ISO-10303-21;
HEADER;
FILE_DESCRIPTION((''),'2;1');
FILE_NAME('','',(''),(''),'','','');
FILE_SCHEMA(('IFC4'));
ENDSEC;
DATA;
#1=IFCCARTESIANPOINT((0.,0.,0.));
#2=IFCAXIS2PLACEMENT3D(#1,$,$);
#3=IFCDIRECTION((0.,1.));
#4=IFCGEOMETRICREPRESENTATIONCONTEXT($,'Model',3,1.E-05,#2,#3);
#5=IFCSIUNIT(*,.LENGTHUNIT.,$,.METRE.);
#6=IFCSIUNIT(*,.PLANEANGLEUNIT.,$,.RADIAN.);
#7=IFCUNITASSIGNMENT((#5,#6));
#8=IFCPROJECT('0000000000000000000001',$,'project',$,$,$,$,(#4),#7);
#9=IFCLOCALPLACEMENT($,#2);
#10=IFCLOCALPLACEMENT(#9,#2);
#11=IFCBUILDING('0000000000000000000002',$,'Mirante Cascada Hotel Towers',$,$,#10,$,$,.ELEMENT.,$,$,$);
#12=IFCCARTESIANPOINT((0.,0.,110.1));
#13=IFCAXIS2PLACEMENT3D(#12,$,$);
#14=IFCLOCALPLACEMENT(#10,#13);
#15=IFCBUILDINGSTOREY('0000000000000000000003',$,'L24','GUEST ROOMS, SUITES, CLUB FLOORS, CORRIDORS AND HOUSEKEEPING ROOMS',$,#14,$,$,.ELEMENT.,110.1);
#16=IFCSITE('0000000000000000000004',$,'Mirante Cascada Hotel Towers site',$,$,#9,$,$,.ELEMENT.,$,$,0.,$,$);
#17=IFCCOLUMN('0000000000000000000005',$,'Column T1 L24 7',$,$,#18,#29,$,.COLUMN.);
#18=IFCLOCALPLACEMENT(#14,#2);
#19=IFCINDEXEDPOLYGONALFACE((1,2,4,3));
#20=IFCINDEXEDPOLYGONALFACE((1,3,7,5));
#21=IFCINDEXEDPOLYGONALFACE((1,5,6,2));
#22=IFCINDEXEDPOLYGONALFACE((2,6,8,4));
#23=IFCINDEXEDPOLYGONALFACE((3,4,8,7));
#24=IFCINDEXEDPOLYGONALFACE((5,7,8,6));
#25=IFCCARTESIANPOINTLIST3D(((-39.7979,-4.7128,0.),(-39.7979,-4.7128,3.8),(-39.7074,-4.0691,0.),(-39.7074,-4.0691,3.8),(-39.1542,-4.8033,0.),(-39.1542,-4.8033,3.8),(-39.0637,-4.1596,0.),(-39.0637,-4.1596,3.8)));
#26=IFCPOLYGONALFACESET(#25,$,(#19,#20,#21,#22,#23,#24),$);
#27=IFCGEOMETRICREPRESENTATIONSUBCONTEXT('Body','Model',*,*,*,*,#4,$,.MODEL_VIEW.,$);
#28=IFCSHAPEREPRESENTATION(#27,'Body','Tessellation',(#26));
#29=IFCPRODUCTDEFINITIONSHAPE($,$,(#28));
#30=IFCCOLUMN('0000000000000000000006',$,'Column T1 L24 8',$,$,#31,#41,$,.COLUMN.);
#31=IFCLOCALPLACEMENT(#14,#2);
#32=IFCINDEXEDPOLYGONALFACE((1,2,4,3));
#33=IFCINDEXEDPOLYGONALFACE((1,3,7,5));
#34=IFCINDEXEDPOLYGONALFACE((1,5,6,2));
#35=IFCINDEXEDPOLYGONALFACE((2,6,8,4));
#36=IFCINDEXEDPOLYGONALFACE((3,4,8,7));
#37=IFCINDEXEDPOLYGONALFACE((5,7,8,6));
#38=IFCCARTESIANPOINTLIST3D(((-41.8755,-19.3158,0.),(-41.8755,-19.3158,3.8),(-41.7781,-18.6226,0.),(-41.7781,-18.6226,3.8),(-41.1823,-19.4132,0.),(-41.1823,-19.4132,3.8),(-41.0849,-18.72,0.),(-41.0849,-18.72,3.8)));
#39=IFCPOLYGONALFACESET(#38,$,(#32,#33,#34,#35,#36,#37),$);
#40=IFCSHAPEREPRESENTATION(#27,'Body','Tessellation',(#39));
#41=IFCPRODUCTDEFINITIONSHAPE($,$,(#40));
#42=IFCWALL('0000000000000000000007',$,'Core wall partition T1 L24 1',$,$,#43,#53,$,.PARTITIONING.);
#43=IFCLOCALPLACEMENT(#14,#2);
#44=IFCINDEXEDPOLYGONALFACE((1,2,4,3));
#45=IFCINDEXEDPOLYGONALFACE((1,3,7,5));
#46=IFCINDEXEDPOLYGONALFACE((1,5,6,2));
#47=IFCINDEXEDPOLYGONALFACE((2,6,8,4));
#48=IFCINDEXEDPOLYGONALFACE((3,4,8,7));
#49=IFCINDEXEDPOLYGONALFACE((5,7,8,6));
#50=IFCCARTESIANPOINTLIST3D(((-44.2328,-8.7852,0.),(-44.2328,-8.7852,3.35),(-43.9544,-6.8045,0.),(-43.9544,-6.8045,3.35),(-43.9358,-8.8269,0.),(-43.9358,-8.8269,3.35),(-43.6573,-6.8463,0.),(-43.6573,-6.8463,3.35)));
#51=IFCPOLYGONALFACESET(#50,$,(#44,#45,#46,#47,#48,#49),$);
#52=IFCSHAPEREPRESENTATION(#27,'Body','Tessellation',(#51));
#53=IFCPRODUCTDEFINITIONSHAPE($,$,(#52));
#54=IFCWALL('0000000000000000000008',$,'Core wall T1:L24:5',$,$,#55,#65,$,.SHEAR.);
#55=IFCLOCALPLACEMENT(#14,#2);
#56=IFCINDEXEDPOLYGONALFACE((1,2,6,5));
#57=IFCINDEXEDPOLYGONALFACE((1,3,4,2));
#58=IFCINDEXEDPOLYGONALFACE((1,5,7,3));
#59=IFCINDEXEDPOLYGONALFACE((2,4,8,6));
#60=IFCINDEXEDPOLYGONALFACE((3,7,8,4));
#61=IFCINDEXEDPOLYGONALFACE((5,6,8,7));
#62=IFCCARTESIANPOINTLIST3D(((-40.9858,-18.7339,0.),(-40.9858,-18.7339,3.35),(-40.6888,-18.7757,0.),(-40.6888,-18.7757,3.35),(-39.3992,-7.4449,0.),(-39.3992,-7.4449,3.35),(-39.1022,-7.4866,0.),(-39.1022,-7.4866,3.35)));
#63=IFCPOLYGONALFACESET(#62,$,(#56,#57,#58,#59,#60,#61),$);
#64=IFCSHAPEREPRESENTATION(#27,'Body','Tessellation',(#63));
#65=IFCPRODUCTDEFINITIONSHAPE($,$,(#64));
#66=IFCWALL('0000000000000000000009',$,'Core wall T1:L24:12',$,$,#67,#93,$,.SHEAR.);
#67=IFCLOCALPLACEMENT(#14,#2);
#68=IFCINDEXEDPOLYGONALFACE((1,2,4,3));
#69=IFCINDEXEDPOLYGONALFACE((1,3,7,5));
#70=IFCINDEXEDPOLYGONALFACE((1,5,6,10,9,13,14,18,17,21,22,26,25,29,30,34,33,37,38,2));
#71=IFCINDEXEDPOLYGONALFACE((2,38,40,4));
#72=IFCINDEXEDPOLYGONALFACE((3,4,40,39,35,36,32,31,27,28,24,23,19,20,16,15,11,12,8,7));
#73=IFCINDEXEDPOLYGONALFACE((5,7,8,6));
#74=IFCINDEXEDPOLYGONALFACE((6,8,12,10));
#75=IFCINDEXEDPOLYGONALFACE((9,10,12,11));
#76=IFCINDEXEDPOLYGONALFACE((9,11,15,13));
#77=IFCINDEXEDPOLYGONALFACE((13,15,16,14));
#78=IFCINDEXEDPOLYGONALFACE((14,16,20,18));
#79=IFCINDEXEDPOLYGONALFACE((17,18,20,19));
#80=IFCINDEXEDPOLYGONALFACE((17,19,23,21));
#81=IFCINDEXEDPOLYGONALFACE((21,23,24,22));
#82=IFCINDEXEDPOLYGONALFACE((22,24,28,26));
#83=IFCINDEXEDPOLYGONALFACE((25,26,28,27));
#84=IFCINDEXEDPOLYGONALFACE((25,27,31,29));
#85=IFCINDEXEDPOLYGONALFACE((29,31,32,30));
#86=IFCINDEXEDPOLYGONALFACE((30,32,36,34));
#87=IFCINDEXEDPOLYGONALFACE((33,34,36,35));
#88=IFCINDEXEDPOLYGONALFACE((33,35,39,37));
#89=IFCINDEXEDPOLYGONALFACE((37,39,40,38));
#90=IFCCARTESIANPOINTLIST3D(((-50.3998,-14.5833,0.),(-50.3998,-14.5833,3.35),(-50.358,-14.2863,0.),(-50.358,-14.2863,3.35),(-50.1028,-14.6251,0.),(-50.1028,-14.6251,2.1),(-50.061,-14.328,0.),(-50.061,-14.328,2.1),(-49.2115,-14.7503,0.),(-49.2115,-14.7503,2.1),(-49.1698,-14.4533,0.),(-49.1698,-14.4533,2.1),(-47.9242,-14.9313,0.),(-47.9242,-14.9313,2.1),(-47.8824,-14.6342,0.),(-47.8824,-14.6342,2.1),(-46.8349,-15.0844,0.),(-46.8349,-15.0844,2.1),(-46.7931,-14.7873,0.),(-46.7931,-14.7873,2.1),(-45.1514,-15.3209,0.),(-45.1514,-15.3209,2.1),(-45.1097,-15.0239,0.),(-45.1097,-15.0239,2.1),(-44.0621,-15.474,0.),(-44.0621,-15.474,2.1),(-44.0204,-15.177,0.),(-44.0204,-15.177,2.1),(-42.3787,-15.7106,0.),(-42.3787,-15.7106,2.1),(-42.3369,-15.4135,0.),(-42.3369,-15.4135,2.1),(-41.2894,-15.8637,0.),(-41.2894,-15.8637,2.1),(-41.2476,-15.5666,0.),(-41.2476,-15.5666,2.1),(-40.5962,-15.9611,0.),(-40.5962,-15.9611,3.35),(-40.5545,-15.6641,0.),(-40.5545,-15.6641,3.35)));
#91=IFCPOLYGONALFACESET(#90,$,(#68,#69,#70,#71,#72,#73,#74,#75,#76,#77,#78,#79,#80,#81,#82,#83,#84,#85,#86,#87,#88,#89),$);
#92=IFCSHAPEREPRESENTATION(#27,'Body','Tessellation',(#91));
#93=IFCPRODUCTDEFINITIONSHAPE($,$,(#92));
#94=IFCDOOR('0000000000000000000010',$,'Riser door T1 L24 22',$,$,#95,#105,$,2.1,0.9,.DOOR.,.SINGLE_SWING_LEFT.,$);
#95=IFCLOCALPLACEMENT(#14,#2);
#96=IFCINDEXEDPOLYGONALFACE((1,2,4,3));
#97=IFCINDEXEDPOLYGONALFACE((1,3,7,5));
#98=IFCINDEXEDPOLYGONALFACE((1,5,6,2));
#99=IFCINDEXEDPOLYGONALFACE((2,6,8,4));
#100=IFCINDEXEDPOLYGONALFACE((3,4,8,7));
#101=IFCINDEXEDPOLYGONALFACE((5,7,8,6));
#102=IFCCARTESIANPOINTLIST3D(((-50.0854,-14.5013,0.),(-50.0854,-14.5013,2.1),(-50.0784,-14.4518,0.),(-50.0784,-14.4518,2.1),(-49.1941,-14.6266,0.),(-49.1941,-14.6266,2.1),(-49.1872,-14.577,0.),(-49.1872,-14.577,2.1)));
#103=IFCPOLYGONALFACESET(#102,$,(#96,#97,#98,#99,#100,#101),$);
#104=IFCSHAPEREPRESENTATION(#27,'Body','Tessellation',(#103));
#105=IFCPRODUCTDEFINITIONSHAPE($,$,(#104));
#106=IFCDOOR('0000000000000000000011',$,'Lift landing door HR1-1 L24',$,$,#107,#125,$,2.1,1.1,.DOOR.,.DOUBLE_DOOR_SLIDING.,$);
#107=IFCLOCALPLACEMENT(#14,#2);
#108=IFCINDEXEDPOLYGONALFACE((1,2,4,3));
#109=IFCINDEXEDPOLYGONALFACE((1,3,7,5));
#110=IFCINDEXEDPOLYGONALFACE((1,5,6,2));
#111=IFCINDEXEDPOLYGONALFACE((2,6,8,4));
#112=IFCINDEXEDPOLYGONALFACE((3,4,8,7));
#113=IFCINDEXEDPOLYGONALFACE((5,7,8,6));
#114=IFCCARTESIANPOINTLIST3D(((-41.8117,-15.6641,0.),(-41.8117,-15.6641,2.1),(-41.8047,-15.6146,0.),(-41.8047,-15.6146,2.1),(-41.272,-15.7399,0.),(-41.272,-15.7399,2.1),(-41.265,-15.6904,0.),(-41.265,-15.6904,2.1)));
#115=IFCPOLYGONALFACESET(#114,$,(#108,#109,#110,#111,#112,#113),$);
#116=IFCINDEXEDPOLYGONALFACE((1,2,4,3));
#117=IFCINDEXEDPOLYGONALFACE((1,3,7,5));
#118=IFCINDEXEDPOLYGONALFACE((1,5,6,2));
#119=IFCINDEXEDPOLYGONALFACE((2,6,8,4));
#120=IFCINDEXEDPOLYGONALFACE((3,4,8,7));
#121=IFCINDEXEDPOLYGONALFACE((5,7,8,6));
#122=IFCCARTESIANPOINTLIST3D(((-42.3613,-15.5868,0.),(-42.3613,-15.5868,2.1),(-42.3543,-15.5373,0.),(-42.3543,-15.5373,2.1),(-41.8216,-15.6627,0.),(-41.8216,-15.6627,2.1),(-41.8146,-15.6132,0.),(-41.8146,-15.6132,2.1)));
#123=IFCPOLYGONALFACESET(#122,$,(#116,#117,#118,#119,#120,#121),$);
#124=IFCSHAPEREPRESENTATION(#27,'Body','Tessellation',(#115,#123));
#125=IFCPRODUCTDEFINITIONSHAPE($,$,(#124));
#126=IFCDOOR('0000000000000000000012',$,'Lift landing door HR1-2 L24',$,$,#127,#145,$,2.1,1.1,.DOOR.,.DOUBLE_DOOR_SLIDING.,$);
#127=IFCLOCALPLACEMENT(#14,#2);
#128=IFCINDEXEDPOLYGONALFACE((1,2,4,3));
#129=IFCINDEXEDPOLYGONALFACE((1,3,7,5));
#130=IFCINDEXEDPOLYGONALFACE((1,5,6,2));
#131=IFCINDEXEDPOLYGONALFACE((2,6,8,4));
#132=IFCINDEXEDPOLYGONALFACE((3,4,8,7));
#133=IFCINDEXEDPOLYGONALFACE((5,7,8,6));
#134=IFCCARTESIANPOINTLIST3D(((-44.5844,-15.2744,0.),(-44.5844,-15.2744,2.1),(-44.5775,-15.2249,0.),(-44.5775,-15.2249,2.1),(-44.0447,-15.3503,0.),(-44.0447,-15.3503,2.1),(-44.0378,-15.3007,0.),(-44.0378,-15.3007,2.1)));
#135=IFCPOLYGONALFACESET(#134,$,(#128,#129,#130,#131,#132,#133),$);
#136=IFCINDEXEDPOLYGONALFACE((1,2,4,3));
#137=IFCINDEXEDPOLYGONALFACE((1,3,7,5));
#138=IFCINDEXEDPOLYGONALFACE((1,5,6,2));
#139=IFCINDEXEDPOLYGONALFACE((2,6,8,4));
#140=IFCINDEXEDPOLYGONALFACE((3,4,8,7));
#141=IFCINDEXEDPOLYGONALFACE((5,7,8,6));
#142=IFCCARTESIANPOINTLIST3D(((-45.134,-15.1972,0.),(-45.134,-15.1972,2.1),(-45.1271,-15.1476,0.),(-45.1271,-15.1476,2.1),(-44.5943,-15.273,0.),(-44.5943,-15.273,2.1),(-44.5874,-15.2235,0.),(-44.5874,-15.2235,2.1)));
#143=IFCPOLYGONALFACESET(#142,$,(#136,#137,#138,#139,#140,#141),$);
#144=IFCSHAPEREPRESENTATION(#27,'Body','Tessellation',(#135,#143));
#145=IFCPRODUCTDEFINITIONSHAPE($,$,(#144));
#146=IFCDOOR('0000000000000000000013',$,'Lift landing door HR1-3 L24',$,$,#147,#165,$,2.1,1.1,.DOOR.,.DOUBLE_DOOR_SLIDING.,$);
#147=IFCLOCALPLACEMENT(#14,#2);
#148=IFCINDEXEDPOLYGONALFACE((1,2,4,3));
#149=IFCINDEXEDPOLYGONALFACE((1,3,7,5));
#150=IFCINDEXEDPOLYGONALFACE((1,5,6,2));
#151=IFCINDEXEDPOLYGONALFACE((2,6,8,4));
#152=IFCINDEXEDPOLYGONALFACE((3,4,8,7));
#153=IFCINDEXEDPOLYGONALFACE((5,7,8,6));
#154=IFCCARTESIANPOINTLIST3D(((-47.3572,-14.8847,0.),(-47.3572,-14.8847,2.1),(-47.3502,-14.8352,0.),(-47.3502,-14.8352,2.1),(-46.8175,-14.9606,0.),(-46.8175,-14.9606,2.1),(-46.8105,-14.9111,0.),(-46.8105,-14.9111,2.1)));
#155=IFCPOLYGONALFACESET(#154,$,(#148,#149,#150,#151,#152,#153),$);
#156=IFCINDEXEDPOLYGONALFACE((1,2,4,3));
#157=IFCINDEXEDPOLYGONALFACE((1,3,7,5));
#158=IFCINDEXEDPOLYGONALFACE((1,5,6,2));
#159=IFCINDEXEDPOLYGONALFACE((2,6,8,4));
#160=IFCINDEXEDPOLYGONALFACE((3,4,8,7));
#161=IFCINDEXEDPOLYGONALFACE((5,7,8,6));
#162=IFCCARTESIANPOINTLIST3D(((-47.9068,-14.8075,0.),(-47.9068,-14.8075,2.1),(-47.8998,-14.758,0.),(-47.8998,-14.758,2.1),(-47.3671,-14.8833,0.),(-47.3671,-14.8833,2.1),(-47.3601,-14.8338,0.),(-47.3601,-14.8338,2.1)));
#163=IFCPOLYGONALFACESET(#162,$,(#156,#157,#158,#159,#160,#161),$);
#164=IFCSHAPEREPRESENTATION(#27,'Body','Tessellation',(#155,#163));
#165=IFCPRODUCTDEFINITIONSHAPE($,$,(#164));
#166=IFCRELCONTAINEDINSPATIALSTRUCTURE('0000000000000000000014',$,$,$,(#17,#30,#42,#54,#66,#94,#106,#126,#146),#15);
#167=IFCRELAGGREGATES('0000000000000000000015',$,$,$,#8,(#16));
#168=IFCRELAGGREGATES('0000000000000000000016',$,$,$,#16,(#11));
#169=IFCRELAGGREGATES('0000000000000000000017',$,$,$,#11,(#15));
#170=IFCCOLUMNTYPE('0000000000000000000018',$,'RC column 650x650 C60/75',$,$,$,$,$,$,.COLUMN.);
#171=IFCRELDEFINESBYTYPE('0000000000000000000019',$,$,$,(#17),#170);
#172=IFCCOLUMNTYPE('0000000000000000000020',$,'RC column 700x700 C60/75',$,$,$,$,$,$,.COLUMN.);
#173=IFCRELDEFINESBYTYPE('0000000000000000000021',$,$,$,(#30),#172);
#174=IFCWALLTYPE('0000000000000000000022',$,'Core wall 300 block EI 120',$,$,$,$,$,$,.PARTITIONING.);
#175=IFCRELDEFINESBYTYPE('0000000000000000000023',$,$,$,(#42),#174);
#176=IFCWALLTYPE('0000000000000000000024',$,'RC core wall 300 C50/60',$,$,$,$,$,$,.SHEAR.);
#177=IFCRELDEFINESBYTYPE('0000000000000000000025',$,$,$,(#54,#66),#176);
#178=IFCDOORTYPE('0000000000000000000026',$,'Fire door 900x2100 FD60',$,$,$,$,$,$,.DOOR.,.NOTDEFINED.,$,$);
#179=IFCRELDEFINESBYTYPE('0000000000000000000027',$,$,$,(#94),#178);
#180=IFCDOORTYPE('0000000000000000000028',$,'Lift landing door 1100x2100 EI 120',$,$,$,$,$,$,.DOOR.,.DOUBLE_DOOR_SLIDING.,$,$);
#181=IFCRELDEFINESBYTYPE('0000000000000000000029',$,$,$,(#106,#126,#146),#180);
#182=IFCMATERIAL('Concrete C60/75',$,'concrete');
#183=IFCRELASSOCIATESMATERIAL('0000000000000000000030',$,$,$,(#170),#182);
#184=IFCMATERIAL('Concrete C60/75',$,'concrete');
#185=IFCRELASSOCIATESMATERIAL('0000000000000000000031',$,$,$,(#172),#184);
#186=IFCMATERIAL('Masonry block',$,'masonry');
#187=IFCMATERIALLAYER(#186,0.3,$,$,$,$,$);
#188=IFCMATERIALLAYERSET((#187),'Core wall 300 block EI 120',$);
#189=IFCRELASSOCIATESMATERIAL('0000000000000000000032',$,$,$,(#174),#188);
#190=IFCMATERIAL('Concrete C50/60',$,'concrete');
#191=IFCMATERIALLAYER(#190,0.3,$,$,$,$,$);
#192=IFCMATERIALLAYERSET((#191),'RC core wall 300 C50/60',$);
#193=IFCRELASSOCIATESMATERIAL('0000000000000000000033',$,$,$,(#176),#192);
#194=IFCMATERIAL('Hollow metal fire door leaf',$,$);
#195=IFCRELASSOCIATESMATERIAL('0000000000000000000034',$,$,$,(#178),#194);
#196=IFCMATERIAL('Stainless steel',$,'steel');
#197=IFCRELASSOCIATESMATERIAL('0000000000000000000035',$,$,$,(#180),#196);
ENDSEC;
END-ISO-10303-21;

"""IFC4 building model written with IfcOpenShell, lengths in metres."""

from ifc_helpers import new_model, si_unit, direction, frame, frame_2d, origin, origin_2d, place, context, subcontext, project, spatial, rectangle, extrude, material, layer, layer_set, material_profile, profile_set, type_object, element, fill, save


model = new_model("IFC4")

# Units and contexts
model_context = context("Model", 3, precision=1e-05, world=origin(), true_north=direction((0.0, 1.0)))
body_context = subcontext(model_context, "Body", "Model", "MODEL_VIEW")
ifc_project = project(units=[si_unit("LENGTHUNIT", "METRE"), si_unit("PLANEANGLEUNIT", "RADIAN")], contexts=[model_context])

# Site, building, storey
site_placement = place(None, origin())
site = spatial("IfcSite", under=ifc_project, at=site_placement, Name="Mirante Cascada Hotel Towers site", CompositionType="ELEMENT", RefElevation=0.0)
building_placement = place(site_placement, origin())
building = spatial("IfcBuilding", under=site, at=building_placement, Name="Mirante Cascada Hotel Towers", CompositionType="ELEMENT")
storey_placement = place(building_placement, frame((0.0, 0.0, 110.1)))
storey = spatial("IfcBuildingStorey", under=building, at=storey_placement, Name="L24", Description="GUEST ROOMS, SUITES, CLUB FLOORS, CORRIDORS AND HOUSEKEEPING ROOMS", CompositionType="ELEMENT", Elevation=110.1)

# Columns
ifc_material_1 = material(Name="Concrete C60/75", Category="concrete")
ifc_material_profile_1 = material_profile(ifc_material_1, rectangle(XDim=0.65, YDim=0.65, at=origin_2d()), Name="RC column 650x650 C60/75")
ifc_profile_set_1 = profile_set([ifc_material_profile_1], Name="Concrete C60/75")
column_type_1 = type_object("IfcColumnType", Name="RC column 650x650 C60/75", PredefinedType="COLUMN", material=ifc_profile_set_1)
column_1_placement = place(storey_placement, frame((-39.4308, -4.4362, 0.0), z_axis=(0.0, 0.0, 1.0), x_axis=(-0.990268, 0.139173, 0.0)))
element("IfcColumn", 1, at=column_1_placement, inside=storey, type_object=column_type_1, Name="Column T1 L24 7", PredefinedType="COLUMN", context=body_context, shape_type="SweptSolid", body=[
    extrude(rectangle(XDim=0.65, YDim=0.65, at=origin_2d()), origin(), (0.0, 0.0, 1.0), 3.8),
])
ifc_material_2 = material(Name="Concrete C60/75", Category="concrete")
ifc_material_profile_2 = material_profile(ifc_material_2, rectangle(XDim=0.7, YDim=0.7, at=origin_2d()), Name="RC column 700x700 C60/75")
ifc_profile_set_2 = profile_set([ifc_material_profile_2], Name="Concrete C60/75")
column_type_2 = type_object("IfcColumnType", Name="RC column 700x700 C60/75", PredefinedType="COLUMN", material=ifc_profile_set_2)
column_2_placement = place(storey_placement, frame((-41.4802, -19.0179, 0.0), z_axis=(0.0, 0.0, 1.0), x_axis=(-0.990268, 0.139173, 0.0)))
element("IfcColumn", 2, at=column_2_placement, inside=storey, type_object=column_type_2, Name="Column T1 L24 8", PredefinedType="COLUMN", context=body_context, shape_type="SweptSolid", body=[
    extrude(rectangle(XDim=0.7, YDim=0.7, at=origin_2d()), origin(), (0.0, 0.0, 1.0), 3.8),
])

# Walls
ifc_material_3 = material(Name="Masonry block", Category="masonry")
ifc_layer_1 = layer(ifc_material_3, 0.3)
ifc_layer_set_1 = layer_set([ifc_layer_1], Name="Core wall 300 block EI 120")
wall_type_1 = type_object("IfcWallType", Name="Core wall 300 block EI 120", PredefinedType="PARTITIONING", material=ifc_layer_set_1)
wall_1_placement = place(storey_placement, frame((-44.0843, -8.8061, 0.0), z_axis=(0.0, 0.0, 1.0), x_axis=(0.139195, 0.990265, 0.0)))
element("IfcWall", 3, at=wall_1_placement, inside=storey, type_object=wall_type_1, Name="Core wall partition T1 L24 1", PredefinedType="PARTITIONING", context=body_context, shape_type="SweptSolid", body=[
    extrude(rectangle(XDim=2.0001, YDim=0.3, at=frame_2d((1.0001, 0.0))), origin(), (0.0, 0.0, 1.0), 3.35),
])
ifc_material_4 = material(Name="Concrete C50/60", Category="concrete")
ifc_layer_2 = layer(ifc_material_4, 0.3)
ifc_layer_set_2 = layer_set([ifc_layer_2], Name="RC core wall 300 C50/60")
wall_type_2 = type_object("IfcWallType", Name="RC core wall 300 C50/60", PredefinedType="SHEAR", material=ifc_layer_set_2)
wall_2_placement = place(storey_placement, frame((-40.8373, -18.7548, 0.0), z_axis=(0.0, 0.0, 1.0), x_axis=(0.139175, 0.990268, 0.0)))
element("IfcWall", 4, at=wall_2_placement, inside=storey, type_object=wall_type_2, Name="Core wall T1:L24:5", PredefinedType="SHEAR", context=body_context, shape_type="SweptSolid", body=[
    extrude(rectangle(XDim=11.4, YDim=0.3, at=frame_2d((5.7, 0.0))), origin(), (0.0, 0.0, 1.0), 3.35),
])

# Wall, openings, doors
wall_3_placement = place(storey_placement, frame((-40.5753, -15.8126, 0.0), z_axis=(0.0, 0.0, 1.0), x_axis=(-0.990268, 0.139173, 0.0)))
wall_3 = element("IfcWall", 5, at=wall_3_placement, inside=storey, type_object=wall_type_2, Name="Core wall T1:L24:12", PredefinedType="SHEAR", context=body_context, shape_type="SweptSolid", body=[
    extrude(rectangle(XDim=9.8999, YDim=0.3, at=frame_2d((4.95, 0.0))), origin(), (0.0, 0.0, 1.0), 3.35),
])
opening_1_placement = place(wall_3_placement, frame((0.7, 0.0, 0.0)))
opening_1 = element("IfcOpeningElement", 6, at=opening_1_placement, cuts=wall_3, PredefinedType="OPENING", context=body_context, shape_type="SweptSolid", body=[
    extrude(rectangle(XDim=1.1, YDim=2.1, at=frame_2d((0.55, 1.05))), frame((0.0, 0.15, 0.0), z_axis=(0.0, -1.0, 0.0), x_axis=(1.0, 0.0, 0.0)), (0.0, 0.0, 1.0), 0.3),
])
opening_2_placement = place(wall_3_placement, frame((3.5, 0.0, 0.0)))
opening_2 = element("IfcOpeningElement", 7, at=opening_2_placement, cuts=wall_3, PredefinedType="OPENING", context=body_context, shape_type="SweptSolid", body=[
    extrude(rectangle(XDim=1.1, YDim=2.1, at=frame_2d((0.55, 1.05))), frame((0.0, 0.15, 0.0), z_axis=(0.0, -1.0, 0.0), x_axis=(1.0, 0.0, 0.0)), (0.0, 0.0, 1.0), 0.3),
])
opening_3_placement = place(wall_3_placement, frame((6.3, 0.0, 0.0)))
opening_3 = element("IfcOpeningElement", 8, at=opening_3_placement, cuts=wall_3, PredefinedType="OPENING", context=body_context, shape_type="SweptSolid", body=[
    extrude(rectangle(XDim=1.1, YDim=2.1, at=frame_2d((0.55, 1.05))), frame((0.0, 0.15, 0.0), z_axis=(0.0, -1.0, 0.0), x_axis=(1.0, 0.0, 0.0)), (0.0, 0.0, 1.0), 0.3),
])
opening_4_placement = place(wall_3_placement, frame((8.7, 0.0, 0.0)))
opening_4 = element("IfcOpeningElement", 9, at=opening_4_placement, cuts=wall_3, PredefinedType="OPENING", context=body_context, shape_type="SweptSolid", body=[
    extrude(rectangle(XDim=0.9, YDim=2.1, at=frame_2d((0.45, 1.05))), frame((0.0, 0.15, 0.0), z_axis=(0.0, -1.0, 0.0), x_axis=(1.0, 0.0, 0.0)), (0.0, 0.0, 1.0), 0.3),
])
ifc_material_5 = material(Name="Hollow metal fire door leaf")
door_type_1 = type_object("IfcDoorType", Name="Fire door 900x2100 FD60", OperationType="NOTDEFINED", PredefinedType="DOOR", material=ifc_material_5)
door_1_placement = place(opening_4_placement, origin())
door_1 = element("IfcDoor", 10, at=door_1_placement, inside=storey, type_object=door_type_1, Name="Riser door T1 L24 22", OperationType="SINGLE_SWING_LEFT", OverallHeight=2.1, OverallWidth=0.9, PredefinedType="DOOR", context=body_context, shape_type="SweptSolid", body=[
    extrude(rectangle(XDim=0.9, YDim=2.1, at=frame_2d((0.45, 1.05))), frame((0.0, 0.025, 0.0), z_axis=(0.0, -1.0, 0.0), x_axis=(1.0, 0.0, 0.0)), (0.0, 0.0, 1.0), 0.05),
])
fill(opening_4, door_1)
ifc_material_6 = material(Name="Stainless steel", Category="steel")
door_type_2 = type_object("IfcDoorType", Name="Lift landing door 1100x2100 EI 120", OperationType="DOUBLE_DOOR_SLIDING", PredefinedType="DOOR", material=ifc_material_6)
door_2_placement = place(opening_1_placement, origin())
door_2 = element("IfcDoor", 11, at=door_2_placement, inside=storey, type_object=door_type_2, Name="Lift landing door HR1-1 L24", OperationType="DOUBLE_DOOR_SLIDING", OverallHeight=2.1, OverallWidth=1.1, PredefinedType="DOOR", context=body_context, shape_type="SweptSolid", body=[
    extrude(rectangle(XDim=0.545, YDim=2.1, at=frame_2d((0.2725, 1.05))), frame((0.0, 0.025, 0.0), z_axis=(0.0, -1.0, 0.0), x_axis=(1.0, 0.0, 0.0)), (0.0, 0.0, 1.0), 0.05),
    extrude(rectangle(XDim=0.545, YDim=2.1, at=frame_2d((0.8275, 1.05))), frame((0.0, 0.025, 0.0), z_axis=(0.0, -1.0, 0.0), x_axis=(1.0, 0.0, 0.0)), (0.0, 0.0, 1.0), 0.05),
])
fill(opening_1, door_2)
door_3_placement = place(opening_2_placement, origin())
door_3 = element("IfcDoor", 12, at=door_3_placement, inside=storey, type_object=door_type_2, Name="Lift landing door HR1-2 L24", OperationType="DOUBLE_DOOR_SLIDING", OverallHeight=2.1, OverallWidth=1.1, PredefinedType="DOOR", context=body_context, shape_type="SweptSolid", body=[
    extrude(rectangle(XDim=0.545, YDim=2.1, at=frame_2d((0.2725, 1.05))), frame((0.0, 0.025, 0.0), z_axis=(0.0, -1.0, 0.0), x_axis=(1.0, 0.0, 0.0)), (0.0, 0.0, 1.0), 0.05),
    extrude(rectangle(XDim=0.545, YDim=2.1, at=frame_2d((0.8275, 1.05))), frame((0.0, 0.025, 0.0), z_axis=(0.0, -1.0, 0.0), x_axis=(1.0, 0.0, 0.0)), (0.0, 0.0, 1.0), 0.05),
])
fill(opening_2, door_3)
door_4_placement = place(opening_3_placement, origin())
door_4 = element("IfcDoor", 13, at=door_4_placement, inside=storey, type_object=door_type_2, Name="Lift landing door HR1-3 L24", OperationType="DOUBLE_DOOR_SLIDING", OverallHeight=2.1, OverallWidth=1.1, PredefinedType="DOOR", context=body_context, shape_type="SweptSolid", body=[
    extrude(rectangle(XDim=0.545, YDim=2.1, at=frame_2d((0.2725, 1.05))), frame((0.0, 0.025, 0.0), z_axis=(0.0, -1.0, 0.0), x_axis=(1.0, 0.0, 0.0)), (0.0, 0.0, 1.0), 0.05),
    extrude(rectangle(XDim=0.545, YDim=2.1, at=frame_2d((0.8275, 1.05))), frame((0.0, 0.025, 0.0), z_axis=(0.0, -1.0, 0.0), x_axis=(1.0, 0.0, 0.0)), (0.0, 0.0, 1.0), 0.05),
])
fill(opening_3, door_4)

save(model, "model.ifc")
